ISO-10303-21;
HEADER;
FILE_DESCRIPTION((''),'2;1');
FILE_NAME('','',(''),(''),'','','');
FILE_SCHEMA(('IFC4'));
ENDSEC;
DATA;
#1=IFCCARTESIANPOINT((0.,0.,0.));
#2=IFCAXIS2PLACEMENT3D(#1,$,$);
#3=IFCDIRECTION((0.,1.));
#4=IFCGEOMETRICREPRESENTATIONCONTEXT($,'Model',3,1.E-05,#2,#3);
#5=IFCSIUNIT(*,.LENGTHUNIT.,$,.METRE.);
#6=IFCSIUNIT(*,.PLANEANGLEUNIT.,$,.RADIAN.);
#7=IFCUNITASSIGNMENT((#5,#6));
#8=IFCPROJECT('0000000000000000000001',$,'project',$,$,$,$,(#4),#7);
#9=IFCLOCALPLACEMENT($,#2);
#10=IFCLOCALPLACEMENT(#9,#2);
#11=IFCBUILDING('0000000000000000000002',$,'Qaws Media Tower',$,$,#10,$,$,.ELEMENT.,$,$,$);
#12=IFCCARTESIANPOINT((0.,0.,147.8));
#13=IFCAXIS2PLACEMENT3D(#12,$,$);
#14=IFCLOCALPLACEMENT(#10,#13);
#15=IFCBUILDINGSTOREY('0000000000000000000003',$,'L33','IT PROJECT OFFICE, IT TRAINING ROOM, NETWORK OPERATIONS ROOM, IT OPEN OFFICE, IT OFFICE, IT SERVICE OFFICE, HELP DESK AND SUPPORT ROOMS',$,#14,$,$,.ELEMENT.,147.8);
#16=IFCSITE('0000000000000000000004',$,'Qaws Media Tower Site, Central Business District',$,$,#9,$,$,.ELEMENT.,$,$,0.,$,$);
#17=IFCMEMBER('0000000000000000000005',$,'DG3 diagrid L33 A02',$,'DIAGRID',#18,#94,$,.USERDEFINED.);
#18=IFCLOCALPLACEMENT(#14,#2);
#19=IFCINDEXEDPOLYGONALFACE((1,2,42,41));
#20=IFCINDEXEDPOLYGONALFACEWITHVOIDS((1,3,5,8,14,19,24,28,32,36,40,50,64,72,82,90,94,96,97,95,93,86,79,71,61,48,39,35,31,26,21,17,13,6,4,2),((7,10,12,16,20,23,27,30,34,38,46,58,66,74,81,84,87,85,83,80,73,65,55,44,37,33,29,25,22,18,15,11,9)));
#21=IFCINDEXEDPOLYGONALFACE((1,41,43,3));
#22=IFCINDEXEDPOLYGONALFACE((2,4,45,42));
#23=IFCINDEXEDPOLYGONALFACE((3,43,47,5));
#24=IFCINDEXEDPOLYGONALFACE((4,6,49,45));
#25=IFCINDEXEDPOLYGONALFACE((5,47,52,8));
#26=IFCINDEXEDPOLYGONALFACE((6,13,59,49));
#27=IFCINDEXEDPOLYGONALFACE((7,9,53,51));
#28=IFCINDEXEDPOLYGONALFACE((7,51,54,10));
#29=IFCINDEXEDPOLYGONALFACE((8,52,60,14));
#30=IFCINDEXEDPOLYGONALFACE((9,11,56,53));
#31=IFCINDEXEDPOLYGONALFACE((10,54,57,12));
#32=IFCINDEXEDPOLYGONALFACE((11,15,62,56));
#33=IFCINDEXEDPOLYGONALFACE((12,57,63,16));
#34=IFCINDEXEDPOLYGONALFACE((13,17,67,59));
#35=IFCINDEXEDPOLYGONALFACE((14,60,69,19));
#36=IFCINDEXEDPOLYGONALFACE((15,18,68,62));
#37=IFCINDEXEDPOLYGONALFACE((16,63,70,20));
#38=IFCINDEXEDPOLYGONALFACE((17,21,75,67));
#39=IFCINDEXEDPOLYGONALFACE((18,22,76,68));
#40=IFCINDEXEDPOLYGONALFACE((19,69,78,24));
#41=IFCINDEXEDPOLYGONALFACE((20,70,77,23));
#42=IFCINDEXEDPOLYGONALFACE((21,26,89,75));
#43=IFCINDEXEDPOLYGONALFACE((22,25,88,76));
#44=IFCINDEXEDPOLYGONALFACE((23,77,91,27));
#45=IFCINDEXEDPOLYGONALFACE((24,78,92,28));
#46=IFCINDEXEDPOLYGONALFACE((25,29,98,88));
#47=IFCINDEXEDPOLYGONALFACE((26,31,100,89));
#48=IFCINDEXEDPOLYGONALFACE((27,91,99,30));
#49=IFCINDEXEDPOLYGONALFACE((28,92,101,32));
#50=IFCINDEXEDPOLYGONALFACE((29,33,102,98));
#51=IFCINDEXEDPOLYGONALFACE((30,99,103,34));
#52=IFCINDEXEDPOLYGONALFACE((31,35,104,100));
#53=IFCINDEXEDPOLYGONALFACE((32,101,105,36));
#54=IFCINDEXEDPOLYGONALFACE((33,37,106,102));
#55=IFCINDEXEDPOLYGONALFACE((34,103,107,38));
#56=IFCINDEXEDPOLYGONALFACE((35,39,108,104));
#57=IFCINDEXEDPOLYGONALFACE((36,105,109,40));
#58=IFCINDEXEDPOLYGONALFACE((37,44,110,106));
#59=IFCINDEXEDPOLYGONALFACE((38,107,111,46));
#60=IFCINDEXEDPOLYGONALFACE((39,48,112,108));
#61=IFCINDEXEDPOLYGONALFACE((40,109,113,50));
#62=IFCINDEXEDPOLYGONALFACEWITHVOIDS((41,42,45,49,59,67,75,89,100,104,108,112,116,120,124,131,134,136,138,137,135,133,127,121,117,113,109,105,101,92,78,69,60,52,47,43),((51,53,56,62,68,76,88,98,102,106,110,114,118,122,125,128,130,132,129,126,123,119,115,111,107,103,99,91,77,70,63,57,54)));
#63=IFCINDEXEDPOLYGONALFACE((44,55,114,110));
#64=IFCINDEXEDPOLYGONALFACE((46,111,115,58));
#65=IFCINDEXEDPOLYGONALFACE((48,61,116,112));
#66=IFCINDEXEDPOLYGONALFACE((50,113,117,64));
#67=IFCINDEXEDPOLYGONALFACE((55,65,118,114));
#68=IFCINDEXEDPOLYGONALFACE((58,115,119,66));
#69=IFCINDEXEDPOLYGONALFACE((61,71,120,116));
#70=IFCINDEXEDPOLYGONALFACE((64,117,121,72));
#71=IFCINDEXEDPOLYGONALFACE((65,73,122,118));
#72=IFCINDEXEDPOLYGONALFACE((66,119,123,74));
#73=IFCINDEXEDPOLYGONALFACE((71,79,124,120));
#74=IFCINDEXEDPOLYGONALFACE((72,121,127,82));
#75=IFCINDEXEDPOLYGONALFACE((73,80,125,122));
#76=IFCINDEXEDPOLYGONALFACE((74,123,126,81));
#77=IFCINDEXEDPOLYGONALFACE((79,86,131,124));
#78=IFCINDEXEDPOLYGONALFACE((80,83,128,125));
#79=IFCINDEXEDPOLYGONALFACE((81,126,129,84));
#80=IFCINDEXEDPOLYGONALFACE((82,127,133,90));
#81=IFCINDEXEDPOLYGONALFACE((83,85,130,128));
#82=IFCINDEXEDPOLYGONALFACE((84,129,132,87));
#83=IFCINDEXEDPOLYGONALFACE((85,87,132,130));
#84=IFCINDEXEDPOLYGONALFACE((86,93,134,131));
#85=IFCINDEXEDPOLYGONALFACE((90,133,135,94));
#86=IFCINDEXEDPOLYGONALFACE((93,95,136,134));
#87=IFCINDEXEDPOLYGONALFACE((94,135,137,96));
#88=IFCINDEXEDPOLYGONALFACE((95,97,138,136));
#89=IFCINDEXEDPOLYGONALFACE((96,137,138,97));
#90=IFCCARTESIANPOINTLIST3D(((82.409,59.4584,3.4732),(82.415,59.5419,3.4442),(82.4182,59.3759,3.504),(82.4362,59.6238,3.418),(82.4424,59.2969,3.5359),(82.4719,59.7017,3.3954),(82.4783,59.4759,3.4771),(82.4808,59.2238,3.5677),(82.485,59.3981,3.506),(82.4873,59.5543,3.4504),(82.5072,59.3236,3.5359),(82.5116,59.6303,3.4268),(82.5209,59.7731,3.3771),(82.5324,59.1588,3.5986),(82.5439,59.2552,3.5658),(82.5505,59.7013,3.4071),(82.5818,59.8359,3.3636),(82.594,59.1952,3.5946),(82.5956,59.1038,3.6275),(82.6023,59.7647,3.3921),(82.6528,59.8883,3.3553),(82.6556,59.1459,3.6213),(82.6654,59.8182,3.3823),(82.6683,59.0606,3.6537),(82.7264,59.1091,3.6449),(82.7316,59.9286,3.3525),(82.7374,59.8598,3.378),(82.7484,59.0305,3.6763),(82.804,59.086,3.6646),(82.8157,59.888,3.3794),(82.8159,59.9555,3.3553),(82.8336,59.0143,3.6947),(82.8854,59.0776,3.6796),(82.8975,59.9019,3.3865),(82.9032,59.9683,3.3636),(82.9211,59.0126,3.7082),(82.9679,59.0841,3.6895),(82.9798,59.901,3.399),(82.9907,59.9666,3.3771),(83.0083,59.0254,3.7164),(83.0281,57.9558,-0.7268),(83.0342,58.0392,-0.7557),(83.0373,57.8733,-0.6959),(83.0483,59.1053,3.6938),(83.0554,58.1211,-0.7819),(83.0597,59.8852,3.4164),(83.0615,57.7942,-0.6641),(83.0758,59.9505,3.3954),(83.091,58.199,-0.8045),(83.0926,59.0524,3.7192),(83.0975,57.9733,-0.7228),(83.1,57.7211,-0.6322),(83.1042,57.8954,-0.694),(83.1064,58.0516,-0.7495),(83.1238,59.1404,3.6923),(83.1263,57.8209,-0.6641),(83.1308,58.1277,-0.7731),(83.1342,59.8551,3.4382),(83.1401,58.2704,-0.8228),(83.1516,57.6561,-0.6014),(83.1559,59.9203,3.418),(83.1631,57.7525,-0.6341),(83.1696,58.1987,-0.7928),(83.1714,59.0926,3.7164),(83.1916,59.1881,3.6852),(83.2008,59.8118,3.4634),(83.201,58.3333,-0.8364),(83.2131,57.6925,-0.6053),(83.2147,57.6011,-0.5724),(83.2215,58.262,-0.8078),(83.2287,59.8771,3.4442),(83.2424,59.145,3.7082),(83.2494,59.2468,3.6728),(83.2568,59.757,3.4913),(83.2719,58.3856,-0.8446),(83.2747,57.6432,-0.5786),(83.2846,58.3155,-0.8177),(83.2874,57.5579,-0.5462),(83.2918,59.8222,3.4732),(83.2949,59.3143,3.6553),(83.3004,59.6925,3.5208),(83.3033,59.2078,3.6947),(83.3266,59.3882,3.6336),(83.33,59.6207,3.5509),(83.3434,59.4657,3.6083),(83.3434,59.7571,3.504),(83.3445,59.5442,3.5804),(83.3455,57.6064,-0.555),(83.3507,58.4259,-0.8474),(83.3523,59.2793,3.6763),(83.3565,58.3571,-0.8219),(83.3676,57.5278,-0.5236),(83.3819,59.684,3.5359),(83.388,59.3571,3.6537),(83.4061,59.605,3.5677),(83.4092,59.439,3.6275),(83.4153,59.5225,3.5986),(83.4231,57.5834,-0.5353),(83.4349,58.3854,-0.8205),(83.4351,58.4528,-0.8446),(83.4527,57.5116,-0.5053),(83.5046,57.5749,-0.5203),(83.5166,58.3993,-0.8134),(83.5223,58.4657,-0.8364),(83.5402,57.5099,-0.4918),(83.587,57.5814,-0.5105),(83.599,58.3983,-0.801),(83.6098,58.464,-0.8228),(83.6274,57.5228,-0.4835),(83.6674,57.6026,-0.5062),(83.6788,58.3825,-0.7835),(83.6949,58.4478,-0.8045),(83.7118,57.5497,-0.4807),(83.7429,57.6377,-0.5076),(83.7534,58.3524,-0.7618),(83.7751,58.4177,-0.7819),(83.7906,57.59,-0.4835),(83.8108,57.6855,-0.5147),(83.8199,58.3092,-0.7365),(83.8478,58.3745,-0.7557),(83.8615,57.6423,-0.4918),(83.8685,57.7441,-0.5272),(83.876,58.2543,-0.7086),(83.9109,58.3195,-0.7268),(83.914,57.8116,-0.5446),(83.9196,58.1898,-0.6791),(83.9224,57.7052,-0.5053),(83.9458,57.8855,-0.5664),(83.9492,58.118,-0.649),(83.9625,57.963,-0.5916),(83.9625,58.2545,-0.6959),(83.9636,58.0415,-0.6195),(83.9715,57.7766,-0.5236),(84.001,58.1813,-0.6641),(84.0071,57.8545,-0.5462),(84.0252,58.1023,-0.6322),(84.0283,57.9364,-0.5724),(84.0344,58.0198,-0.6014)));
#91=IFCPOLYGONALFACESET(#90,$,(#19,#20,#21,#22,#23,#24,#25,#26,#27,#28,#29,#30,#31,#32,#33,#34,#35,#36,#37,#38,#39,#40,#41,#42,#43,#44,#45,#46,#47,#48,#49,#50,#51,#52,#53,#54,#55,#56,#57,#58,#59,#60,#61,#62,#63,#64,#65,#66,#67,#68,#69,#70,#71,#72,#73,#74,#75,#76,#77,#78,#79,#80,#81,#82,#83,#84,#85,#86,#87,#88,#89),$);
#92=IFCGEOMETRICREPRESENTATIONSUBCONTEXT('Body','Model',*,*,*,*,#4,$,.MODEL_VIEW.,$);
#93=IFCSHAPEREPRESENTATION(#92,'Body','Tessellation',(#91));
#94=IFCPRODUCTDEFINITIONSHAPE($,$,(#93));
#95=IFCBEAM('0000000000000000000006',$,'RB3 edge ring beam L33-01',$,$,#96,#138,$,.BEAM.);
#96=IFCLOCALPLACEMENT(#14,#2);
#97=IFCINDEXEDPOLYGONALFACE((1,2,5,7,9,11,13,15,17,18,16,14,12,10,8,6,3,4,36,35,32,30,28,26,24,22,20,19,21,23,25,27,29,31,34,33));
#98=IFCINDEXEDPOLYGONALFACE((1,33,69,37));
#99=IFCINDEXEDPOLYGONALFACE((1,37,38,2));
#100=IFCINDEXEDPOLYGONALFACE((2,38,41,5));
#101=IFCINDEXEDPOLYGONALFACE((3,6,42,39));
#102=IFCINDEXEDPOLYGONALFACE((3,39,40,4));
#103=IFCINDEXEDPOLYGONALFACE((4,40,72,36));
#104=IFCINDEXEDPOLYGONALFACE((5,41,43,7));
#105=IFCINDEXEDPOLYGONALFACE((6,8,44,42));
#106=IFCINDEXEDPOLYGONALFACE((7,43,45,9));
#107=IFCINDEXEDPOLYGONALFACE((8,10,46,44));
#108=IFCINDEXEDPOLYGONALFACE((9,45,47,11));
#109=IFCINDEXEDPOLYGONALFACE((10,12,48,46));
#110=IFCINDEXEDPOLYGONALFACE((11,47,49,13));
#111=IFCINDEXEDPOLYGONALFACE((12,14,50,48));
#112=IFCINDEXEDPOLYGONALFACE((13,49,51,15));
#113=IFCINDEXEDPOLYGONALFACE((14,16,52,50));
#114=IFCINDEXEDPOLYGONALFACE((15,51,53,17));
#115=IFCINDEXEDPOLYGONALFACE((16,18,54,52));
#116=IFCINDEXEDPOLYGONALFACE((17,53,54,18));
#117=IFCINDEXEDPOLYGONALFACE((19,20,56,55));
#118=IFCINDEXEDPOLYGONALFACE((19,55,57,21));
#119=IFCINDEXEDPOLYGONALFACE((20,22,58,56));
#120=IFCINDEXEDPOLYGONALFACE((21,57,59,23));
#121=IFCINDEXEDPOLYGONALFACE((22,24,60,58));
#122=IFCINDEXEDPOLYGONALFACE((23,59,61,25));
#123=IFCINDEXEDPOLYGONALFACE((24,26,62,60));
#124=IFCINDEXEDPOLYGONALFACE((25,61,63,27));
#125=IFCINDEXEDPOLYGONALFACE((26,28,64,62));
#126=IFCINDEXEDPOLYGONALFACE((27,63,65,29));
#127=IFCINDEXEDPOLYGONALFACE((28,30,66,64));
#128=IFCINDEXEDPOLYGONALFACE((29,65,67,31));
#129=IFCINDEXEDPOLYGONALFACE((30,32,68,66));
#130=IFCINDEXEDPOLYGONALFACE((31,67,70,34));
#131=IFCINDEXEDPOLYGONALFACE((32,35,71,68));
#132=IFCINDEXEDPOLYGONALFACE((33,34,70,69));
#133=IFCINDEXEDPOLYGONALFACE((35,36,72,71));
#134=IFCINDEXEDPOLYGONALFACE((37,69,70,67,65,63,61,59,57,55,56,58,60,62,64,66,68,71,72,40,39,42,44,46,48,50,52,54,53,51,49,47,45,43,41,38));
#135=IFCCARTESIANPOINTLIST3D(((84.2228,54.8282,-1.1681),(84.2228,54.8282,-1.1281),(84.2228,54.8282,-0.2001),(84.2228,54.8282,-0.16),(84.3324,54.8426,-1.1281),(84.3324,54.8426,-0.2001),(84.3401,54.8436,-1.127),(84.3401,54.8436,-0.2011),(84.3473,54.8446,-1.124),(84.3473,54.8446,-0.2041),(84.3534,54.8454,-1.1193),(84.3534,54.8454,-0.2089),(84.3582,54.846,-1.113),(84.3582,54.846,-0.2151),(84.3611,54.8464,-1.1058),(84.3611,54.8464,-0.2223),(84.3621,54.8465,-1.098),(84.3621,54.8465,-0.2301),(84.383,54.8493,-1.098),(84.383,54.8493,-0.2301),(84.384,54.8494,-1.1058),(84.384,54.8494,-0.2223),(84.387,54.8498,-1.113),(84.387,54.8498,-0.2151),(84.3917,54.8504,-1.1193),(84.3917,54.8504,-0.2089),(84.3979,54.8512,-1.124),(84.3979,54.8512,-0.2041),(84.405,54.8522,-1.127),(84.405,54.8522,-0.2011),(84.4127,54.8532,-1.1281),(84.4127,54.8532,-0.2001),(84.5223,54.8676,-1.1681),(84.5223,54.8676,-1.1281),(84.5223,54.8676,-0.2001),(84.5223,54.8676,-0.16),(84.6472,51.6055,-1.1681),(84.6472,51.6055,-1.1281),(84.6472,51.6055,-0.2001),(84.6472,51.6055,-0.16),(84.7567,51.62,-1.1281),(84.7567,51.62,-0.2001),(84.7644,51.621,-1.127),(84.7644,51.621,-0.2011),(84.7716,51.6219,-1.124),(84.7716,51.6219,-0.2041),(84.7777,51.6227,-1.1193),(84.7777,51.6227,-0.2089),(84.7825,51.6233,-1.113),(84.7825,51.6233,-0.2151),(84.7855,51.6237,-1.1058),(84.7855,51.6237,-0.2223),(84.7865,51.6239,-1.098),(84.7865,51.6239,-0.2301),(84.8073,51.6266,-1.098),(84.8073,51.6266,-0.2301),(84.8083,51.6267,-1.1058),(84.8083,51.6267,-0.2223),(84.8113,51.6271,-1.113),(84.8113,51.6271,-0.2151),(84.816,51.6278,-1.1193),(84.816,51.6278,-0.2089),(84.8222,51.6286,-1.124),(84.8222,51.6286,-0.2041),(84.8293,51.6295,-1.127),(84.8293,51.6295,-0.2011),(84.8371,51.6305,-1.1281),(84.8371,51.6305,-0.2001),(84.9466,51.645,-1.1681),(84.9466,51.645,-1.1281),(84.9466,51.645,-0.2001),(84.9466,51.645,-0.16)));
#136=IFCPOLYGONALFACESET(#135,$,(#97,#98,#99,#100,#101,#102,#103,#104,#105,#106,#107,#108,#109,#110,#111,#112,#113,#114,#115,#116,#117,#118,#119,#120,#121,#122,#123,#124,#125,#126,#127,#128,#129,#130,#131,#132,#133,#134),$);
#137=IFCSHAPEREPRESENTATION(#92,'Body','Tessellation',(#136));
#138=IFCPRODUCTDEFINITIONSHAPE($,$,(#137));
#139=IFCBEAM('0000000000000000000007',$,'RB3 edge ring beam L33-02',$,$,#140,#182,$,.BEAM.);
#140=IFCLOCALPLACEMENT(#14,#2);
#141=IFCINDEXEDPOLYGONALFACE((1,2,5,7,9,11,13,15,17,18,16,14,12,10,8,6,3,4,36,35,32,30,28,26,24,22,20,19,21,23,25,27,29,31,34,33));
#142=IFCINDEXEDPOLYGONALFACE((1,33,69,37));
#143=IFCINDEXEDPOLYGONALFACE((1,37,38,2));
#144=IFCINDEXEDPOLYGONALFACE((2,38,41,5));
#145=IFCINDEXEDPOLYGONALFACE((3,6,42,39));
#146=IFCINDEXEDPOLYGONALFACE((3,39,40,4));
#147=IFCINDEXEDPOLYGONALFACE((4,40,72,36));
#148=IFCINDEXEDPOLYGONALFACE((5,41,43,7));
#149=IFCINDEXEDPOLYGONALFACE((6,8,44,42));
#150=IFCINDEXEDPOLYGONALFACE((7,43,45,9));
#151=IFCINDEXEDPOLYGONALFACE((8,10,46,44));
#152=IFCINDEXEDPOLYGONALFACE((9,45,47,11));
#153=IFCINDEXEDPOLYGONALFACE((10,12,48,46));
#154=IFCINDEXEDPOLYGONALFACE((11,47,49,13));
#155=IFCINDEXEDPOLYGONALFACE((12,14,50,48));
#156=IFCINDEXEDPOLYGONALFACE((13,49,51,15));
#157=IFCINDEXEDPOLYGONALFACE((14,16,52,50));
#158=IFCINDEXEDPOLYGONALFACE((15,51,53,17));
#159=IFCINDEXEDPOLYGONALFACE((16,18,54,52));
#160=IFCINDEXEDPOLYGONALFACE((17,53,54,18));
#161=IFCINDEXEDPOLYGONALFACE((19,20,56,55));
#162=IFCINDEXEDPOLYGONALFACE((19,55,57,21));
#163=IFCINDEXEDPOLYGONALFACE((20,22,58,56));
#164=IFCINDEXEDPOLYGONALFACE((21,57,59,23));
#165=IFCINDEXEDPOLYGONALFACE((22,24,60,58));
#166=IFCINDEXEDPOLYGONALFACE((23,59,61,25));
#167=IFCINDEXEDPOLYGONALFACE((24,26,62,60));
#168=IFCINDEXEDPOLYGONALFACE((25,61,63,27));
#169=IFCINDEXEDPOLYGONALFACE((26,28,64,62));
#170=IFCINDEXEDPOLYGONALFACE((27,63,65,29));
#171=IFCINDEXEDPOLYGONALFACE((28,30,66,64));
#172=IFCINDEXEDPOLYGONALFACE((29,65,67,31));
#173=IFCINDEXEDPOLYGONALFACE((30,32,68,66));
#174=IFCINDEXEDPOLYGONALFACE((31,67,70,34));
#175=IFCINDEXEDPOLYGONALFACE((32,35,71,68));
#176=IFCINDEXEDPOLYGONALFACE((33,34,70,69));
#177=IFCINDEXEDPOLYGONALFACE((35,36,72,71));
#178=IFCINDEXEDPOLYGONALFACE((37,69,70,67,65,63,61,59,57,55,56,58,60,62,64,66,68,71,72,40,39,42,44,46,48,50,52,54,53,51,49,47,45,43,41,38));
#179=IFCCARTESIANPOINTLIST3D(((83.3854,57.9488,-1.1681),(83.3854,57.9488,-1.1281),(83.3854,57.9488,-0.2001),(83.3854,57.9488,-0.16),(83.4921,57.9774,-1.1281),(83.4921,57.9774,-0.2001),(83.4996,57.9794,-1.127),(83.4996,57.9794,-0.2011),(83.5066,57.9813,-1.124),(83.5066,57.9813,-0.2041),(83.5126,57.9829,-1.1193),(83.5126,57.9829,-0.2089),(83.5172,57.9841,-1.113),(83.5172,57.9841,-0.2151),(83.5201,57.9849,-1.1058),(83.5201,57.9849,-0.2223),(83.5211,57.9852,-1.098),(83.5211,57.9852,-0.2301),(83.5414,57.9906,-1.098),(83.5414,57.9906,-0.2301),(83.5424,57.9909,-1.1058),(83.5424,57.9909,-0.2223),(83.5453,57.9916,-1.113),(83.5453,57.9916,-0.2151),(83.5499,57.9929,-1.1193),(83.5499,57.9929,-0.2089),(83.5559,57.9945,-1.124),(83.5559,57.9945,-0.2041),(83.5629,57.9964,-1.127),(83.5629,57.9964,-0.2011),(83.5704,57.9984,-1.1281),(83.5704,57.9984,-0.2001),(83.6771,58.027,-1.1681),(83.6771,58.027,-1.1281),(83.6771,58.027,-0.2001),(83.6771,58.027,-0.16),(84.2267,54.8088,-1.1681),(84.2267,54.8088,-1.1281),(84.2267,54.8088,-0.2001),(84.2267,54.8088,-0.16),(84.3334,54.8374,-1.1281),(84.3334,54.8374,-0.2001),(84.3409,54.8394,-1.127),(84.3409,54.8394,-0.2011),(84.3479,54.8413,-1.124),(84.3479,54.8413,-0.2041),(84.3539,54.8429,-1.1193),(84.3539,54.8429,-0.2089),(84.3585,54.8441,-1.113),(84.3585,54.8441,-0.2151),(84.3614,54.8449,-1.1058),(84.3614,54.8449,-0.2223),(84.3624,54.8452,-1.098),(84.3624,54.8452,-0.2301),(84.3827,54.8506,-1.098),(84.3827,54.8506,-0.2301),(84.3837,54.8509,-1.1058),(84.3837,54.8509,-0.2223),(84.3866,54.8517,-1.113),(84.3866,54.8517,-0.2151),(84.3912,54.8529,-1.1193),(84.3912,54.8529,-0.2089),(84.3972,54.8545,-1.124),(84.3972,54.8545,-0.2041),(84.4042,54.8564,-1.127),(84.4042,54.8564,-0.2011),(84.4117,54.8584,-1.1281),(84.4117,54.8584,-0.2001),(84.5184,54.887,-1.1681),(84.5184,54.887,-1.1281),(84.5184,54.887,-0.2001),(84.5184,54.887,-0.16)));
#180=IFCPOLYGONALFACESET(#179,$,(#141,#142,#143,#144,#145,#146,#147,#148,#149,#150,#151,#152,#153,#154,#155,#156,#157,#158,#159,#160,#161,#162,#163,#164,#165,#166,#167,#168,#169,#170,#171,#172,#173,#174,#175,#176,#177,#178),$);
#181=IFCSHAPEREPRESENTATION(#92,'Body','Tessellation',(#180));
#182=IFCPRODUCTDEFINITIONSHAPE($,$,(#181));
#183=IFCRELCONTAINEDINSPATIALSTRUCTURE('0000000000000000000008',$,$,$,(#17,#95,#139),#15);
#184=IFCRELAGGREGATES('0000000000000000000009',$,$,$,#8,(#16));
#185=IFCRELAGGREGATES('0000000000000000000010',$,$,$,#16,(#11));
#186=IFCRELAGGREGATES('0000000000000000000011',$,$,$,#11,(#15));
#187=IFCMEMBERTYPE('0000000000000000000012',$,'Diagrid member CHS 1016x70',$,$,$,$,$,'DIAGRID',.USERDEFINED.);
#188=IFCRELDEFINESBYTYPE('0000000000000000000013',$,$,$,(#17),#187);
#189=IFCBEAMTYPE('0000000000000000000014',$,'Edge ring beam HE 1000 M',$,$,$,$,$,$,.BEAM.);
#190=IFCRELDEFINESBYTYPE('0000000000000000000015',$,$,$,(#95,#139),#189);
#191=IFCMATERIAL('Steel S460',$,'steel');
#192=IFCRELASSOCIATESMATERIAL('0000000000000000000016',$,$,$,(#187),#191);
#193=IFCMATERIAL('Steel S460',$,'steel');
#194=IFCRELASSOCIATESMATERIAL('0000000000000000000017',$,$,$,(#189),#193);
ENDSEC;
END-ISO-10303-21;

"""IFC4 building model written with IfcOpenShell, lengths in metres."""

from ifc_helpers import new_model, si_unit, direction, frame, origin, origin_2d, place, context, subcontext, project, spatial, hollow_circle, i_section, extrude, material, material_profile, profile_set, type_object, element, save


model = new_model("IFC4")

# Units and contexts
model_context = context("Model", 3, precision=1e-05, world=origin(), true_north=direction((0.0, 1.0)))
body_context = subcontext(model_context, "Body", "Model", "MODEL_VIEW")
ifc_project = project(units=[si_unit("LENGTHUNIT", "METRE"), si_unit("PLANEANGLEUNIT", "RADIAN")], contexts=[model_context])

# Site, building, storey
site_placement = place(None, origin())
site = spatial("IfcSite", under=ifc_project, at=site_placement, Name="Qaws Media Tower Site, Central Business District", CompositionType="ELEMENT", RefElevation=0.0)
building_placement = place(site_placement, origin())
building = spatial("IfcBuilding", under=site, at=building_placement, Name="Qaws Media Tower", CompositionType="ELEMENT")
storey_placement = place(building_placement, frame((0.0, 0.0, 147.8)))
storey = spatial("IfcBuildingStorey", under=building, at=storey_placement, Name="L33", Description="IT PROJECT OFFICE, IT TRAINING ROOM, NETWORK OPERATIONS ROOM, IT OPEN OFFICE, IT OFFICE, IT SERVICE OFFICE, HELP DESK AND SUPPORT ROOMS", CompositionType="ELEMENT", Elevation=147.8)

# Member
ifc_material_1 = material(Name="Steel S460", Category="steel")
ifc_material_profile_1 = material_profile(ifc_material_1, hollow_circle(Radius=0.5081, WallThickness=0.0701, at=origin_2d()), Name="CHS 1016x70")
ifc_profile_set_1 = profile_set([ifc_material_profile_1], Name="Steel S460")
member_type_1 = type_object("IfcMemberType", Name="Diagrid member CHS 1016x70", ElementType="DIAGRID", PredefinedType="USERDEFINED", material=ifc_profile_set_1)
for number, where, z_axis, x_axis, name in (
    (1, (83.5312, 57.9878, -0.6641), (-0.137482, 0.333675, 0.932609), (-0.924594, -0.380954, 0.0), "DG3 diagrid L33 A02"),
):
    element("IfcMember", number, at=place(storey_placement, frame(where, z_axis=z_axis, x_axis=x_axis)), inside=storey, type_object=member_type_1, Name=name, ObjectType="DIAGRID", PredefinedType="USERDEFINED", context=body_context, shape_type="SweptSolid", body=[
        extrude(hollow_circle(Radius=0.5081, WallThickness=0.0701, at=origin_2d()), origin(), (0.0, 0.0, 1.0), 4.5034),
    ])

# Beams
ifc_material_2 = material(Name="Steel S460", Category="steel")
ifc_material_profile_2 = material_profile(ifc_material_2, i_section(OverallWidth=0.302, OverallDepth=1.0081, WebThickness=0.021, FlangeThickness=0.04, FilletRadius=0.03, at=origin_2d()), Name="HE 1000 M")
ifc_profile_set_2 = profile_set([ifc_material_profile_2], Name="Steel S460")
beam_type = type_object("IfcBeamType", Name="Edge ring beam HE 1000 M", PredefinedType="BEAM", material=ifc_profile_set_2)
beam_1_placement = place(storey_placement, frame((84.7969, 51.6252, -0.6641), z_axis=(-0.13054, 0.991443, 0.0), x_axis=(-0.991443, -0.13054, 0.0)))
element("IfcBeam", 2, at=beam_1_placement, inside=storey, type_object=beam_type, Name="RB3 edge ring beam L33-01", PredefinedType="BEAM", context=body_context, shape_type="SweptSolid", body=[
    extrude(i_section(OverallWidth=0.302, OverallDepth=1.0081, WebThickness=0.021, FlangeThickness=0.04, FilletRadius=0.03, at=origin_2d()), origin(), (0.0, 0.0, 1.0), 3.2505),
])
beam_2_placement = place(storey_placement, frame((84.3726, 54.8479, -0.6641), z_axis=(-0.258812, 0.965928, 0.0), x_axis=(-0.965928, -0.258812, 0.0)))
element("IfcBeam", 3, at=beam_2_placement, inside=storey, type_object=beam_type, Name="RB3 edge ring beam L33-02", PredefinedType="BEAM", context=body_context, shape_type="SweptSolid", body=[
    extrude(i_section(OverallWidth=0.302, OverallDepth=1.0081, WebThickness=0.021, FlangeThickness=0.04, FilletRadius=0.03, at=origin_2d()), origin(), (0.0, 0.0, 1.0), 3.2507),
])

save(model, "model.ifc")
